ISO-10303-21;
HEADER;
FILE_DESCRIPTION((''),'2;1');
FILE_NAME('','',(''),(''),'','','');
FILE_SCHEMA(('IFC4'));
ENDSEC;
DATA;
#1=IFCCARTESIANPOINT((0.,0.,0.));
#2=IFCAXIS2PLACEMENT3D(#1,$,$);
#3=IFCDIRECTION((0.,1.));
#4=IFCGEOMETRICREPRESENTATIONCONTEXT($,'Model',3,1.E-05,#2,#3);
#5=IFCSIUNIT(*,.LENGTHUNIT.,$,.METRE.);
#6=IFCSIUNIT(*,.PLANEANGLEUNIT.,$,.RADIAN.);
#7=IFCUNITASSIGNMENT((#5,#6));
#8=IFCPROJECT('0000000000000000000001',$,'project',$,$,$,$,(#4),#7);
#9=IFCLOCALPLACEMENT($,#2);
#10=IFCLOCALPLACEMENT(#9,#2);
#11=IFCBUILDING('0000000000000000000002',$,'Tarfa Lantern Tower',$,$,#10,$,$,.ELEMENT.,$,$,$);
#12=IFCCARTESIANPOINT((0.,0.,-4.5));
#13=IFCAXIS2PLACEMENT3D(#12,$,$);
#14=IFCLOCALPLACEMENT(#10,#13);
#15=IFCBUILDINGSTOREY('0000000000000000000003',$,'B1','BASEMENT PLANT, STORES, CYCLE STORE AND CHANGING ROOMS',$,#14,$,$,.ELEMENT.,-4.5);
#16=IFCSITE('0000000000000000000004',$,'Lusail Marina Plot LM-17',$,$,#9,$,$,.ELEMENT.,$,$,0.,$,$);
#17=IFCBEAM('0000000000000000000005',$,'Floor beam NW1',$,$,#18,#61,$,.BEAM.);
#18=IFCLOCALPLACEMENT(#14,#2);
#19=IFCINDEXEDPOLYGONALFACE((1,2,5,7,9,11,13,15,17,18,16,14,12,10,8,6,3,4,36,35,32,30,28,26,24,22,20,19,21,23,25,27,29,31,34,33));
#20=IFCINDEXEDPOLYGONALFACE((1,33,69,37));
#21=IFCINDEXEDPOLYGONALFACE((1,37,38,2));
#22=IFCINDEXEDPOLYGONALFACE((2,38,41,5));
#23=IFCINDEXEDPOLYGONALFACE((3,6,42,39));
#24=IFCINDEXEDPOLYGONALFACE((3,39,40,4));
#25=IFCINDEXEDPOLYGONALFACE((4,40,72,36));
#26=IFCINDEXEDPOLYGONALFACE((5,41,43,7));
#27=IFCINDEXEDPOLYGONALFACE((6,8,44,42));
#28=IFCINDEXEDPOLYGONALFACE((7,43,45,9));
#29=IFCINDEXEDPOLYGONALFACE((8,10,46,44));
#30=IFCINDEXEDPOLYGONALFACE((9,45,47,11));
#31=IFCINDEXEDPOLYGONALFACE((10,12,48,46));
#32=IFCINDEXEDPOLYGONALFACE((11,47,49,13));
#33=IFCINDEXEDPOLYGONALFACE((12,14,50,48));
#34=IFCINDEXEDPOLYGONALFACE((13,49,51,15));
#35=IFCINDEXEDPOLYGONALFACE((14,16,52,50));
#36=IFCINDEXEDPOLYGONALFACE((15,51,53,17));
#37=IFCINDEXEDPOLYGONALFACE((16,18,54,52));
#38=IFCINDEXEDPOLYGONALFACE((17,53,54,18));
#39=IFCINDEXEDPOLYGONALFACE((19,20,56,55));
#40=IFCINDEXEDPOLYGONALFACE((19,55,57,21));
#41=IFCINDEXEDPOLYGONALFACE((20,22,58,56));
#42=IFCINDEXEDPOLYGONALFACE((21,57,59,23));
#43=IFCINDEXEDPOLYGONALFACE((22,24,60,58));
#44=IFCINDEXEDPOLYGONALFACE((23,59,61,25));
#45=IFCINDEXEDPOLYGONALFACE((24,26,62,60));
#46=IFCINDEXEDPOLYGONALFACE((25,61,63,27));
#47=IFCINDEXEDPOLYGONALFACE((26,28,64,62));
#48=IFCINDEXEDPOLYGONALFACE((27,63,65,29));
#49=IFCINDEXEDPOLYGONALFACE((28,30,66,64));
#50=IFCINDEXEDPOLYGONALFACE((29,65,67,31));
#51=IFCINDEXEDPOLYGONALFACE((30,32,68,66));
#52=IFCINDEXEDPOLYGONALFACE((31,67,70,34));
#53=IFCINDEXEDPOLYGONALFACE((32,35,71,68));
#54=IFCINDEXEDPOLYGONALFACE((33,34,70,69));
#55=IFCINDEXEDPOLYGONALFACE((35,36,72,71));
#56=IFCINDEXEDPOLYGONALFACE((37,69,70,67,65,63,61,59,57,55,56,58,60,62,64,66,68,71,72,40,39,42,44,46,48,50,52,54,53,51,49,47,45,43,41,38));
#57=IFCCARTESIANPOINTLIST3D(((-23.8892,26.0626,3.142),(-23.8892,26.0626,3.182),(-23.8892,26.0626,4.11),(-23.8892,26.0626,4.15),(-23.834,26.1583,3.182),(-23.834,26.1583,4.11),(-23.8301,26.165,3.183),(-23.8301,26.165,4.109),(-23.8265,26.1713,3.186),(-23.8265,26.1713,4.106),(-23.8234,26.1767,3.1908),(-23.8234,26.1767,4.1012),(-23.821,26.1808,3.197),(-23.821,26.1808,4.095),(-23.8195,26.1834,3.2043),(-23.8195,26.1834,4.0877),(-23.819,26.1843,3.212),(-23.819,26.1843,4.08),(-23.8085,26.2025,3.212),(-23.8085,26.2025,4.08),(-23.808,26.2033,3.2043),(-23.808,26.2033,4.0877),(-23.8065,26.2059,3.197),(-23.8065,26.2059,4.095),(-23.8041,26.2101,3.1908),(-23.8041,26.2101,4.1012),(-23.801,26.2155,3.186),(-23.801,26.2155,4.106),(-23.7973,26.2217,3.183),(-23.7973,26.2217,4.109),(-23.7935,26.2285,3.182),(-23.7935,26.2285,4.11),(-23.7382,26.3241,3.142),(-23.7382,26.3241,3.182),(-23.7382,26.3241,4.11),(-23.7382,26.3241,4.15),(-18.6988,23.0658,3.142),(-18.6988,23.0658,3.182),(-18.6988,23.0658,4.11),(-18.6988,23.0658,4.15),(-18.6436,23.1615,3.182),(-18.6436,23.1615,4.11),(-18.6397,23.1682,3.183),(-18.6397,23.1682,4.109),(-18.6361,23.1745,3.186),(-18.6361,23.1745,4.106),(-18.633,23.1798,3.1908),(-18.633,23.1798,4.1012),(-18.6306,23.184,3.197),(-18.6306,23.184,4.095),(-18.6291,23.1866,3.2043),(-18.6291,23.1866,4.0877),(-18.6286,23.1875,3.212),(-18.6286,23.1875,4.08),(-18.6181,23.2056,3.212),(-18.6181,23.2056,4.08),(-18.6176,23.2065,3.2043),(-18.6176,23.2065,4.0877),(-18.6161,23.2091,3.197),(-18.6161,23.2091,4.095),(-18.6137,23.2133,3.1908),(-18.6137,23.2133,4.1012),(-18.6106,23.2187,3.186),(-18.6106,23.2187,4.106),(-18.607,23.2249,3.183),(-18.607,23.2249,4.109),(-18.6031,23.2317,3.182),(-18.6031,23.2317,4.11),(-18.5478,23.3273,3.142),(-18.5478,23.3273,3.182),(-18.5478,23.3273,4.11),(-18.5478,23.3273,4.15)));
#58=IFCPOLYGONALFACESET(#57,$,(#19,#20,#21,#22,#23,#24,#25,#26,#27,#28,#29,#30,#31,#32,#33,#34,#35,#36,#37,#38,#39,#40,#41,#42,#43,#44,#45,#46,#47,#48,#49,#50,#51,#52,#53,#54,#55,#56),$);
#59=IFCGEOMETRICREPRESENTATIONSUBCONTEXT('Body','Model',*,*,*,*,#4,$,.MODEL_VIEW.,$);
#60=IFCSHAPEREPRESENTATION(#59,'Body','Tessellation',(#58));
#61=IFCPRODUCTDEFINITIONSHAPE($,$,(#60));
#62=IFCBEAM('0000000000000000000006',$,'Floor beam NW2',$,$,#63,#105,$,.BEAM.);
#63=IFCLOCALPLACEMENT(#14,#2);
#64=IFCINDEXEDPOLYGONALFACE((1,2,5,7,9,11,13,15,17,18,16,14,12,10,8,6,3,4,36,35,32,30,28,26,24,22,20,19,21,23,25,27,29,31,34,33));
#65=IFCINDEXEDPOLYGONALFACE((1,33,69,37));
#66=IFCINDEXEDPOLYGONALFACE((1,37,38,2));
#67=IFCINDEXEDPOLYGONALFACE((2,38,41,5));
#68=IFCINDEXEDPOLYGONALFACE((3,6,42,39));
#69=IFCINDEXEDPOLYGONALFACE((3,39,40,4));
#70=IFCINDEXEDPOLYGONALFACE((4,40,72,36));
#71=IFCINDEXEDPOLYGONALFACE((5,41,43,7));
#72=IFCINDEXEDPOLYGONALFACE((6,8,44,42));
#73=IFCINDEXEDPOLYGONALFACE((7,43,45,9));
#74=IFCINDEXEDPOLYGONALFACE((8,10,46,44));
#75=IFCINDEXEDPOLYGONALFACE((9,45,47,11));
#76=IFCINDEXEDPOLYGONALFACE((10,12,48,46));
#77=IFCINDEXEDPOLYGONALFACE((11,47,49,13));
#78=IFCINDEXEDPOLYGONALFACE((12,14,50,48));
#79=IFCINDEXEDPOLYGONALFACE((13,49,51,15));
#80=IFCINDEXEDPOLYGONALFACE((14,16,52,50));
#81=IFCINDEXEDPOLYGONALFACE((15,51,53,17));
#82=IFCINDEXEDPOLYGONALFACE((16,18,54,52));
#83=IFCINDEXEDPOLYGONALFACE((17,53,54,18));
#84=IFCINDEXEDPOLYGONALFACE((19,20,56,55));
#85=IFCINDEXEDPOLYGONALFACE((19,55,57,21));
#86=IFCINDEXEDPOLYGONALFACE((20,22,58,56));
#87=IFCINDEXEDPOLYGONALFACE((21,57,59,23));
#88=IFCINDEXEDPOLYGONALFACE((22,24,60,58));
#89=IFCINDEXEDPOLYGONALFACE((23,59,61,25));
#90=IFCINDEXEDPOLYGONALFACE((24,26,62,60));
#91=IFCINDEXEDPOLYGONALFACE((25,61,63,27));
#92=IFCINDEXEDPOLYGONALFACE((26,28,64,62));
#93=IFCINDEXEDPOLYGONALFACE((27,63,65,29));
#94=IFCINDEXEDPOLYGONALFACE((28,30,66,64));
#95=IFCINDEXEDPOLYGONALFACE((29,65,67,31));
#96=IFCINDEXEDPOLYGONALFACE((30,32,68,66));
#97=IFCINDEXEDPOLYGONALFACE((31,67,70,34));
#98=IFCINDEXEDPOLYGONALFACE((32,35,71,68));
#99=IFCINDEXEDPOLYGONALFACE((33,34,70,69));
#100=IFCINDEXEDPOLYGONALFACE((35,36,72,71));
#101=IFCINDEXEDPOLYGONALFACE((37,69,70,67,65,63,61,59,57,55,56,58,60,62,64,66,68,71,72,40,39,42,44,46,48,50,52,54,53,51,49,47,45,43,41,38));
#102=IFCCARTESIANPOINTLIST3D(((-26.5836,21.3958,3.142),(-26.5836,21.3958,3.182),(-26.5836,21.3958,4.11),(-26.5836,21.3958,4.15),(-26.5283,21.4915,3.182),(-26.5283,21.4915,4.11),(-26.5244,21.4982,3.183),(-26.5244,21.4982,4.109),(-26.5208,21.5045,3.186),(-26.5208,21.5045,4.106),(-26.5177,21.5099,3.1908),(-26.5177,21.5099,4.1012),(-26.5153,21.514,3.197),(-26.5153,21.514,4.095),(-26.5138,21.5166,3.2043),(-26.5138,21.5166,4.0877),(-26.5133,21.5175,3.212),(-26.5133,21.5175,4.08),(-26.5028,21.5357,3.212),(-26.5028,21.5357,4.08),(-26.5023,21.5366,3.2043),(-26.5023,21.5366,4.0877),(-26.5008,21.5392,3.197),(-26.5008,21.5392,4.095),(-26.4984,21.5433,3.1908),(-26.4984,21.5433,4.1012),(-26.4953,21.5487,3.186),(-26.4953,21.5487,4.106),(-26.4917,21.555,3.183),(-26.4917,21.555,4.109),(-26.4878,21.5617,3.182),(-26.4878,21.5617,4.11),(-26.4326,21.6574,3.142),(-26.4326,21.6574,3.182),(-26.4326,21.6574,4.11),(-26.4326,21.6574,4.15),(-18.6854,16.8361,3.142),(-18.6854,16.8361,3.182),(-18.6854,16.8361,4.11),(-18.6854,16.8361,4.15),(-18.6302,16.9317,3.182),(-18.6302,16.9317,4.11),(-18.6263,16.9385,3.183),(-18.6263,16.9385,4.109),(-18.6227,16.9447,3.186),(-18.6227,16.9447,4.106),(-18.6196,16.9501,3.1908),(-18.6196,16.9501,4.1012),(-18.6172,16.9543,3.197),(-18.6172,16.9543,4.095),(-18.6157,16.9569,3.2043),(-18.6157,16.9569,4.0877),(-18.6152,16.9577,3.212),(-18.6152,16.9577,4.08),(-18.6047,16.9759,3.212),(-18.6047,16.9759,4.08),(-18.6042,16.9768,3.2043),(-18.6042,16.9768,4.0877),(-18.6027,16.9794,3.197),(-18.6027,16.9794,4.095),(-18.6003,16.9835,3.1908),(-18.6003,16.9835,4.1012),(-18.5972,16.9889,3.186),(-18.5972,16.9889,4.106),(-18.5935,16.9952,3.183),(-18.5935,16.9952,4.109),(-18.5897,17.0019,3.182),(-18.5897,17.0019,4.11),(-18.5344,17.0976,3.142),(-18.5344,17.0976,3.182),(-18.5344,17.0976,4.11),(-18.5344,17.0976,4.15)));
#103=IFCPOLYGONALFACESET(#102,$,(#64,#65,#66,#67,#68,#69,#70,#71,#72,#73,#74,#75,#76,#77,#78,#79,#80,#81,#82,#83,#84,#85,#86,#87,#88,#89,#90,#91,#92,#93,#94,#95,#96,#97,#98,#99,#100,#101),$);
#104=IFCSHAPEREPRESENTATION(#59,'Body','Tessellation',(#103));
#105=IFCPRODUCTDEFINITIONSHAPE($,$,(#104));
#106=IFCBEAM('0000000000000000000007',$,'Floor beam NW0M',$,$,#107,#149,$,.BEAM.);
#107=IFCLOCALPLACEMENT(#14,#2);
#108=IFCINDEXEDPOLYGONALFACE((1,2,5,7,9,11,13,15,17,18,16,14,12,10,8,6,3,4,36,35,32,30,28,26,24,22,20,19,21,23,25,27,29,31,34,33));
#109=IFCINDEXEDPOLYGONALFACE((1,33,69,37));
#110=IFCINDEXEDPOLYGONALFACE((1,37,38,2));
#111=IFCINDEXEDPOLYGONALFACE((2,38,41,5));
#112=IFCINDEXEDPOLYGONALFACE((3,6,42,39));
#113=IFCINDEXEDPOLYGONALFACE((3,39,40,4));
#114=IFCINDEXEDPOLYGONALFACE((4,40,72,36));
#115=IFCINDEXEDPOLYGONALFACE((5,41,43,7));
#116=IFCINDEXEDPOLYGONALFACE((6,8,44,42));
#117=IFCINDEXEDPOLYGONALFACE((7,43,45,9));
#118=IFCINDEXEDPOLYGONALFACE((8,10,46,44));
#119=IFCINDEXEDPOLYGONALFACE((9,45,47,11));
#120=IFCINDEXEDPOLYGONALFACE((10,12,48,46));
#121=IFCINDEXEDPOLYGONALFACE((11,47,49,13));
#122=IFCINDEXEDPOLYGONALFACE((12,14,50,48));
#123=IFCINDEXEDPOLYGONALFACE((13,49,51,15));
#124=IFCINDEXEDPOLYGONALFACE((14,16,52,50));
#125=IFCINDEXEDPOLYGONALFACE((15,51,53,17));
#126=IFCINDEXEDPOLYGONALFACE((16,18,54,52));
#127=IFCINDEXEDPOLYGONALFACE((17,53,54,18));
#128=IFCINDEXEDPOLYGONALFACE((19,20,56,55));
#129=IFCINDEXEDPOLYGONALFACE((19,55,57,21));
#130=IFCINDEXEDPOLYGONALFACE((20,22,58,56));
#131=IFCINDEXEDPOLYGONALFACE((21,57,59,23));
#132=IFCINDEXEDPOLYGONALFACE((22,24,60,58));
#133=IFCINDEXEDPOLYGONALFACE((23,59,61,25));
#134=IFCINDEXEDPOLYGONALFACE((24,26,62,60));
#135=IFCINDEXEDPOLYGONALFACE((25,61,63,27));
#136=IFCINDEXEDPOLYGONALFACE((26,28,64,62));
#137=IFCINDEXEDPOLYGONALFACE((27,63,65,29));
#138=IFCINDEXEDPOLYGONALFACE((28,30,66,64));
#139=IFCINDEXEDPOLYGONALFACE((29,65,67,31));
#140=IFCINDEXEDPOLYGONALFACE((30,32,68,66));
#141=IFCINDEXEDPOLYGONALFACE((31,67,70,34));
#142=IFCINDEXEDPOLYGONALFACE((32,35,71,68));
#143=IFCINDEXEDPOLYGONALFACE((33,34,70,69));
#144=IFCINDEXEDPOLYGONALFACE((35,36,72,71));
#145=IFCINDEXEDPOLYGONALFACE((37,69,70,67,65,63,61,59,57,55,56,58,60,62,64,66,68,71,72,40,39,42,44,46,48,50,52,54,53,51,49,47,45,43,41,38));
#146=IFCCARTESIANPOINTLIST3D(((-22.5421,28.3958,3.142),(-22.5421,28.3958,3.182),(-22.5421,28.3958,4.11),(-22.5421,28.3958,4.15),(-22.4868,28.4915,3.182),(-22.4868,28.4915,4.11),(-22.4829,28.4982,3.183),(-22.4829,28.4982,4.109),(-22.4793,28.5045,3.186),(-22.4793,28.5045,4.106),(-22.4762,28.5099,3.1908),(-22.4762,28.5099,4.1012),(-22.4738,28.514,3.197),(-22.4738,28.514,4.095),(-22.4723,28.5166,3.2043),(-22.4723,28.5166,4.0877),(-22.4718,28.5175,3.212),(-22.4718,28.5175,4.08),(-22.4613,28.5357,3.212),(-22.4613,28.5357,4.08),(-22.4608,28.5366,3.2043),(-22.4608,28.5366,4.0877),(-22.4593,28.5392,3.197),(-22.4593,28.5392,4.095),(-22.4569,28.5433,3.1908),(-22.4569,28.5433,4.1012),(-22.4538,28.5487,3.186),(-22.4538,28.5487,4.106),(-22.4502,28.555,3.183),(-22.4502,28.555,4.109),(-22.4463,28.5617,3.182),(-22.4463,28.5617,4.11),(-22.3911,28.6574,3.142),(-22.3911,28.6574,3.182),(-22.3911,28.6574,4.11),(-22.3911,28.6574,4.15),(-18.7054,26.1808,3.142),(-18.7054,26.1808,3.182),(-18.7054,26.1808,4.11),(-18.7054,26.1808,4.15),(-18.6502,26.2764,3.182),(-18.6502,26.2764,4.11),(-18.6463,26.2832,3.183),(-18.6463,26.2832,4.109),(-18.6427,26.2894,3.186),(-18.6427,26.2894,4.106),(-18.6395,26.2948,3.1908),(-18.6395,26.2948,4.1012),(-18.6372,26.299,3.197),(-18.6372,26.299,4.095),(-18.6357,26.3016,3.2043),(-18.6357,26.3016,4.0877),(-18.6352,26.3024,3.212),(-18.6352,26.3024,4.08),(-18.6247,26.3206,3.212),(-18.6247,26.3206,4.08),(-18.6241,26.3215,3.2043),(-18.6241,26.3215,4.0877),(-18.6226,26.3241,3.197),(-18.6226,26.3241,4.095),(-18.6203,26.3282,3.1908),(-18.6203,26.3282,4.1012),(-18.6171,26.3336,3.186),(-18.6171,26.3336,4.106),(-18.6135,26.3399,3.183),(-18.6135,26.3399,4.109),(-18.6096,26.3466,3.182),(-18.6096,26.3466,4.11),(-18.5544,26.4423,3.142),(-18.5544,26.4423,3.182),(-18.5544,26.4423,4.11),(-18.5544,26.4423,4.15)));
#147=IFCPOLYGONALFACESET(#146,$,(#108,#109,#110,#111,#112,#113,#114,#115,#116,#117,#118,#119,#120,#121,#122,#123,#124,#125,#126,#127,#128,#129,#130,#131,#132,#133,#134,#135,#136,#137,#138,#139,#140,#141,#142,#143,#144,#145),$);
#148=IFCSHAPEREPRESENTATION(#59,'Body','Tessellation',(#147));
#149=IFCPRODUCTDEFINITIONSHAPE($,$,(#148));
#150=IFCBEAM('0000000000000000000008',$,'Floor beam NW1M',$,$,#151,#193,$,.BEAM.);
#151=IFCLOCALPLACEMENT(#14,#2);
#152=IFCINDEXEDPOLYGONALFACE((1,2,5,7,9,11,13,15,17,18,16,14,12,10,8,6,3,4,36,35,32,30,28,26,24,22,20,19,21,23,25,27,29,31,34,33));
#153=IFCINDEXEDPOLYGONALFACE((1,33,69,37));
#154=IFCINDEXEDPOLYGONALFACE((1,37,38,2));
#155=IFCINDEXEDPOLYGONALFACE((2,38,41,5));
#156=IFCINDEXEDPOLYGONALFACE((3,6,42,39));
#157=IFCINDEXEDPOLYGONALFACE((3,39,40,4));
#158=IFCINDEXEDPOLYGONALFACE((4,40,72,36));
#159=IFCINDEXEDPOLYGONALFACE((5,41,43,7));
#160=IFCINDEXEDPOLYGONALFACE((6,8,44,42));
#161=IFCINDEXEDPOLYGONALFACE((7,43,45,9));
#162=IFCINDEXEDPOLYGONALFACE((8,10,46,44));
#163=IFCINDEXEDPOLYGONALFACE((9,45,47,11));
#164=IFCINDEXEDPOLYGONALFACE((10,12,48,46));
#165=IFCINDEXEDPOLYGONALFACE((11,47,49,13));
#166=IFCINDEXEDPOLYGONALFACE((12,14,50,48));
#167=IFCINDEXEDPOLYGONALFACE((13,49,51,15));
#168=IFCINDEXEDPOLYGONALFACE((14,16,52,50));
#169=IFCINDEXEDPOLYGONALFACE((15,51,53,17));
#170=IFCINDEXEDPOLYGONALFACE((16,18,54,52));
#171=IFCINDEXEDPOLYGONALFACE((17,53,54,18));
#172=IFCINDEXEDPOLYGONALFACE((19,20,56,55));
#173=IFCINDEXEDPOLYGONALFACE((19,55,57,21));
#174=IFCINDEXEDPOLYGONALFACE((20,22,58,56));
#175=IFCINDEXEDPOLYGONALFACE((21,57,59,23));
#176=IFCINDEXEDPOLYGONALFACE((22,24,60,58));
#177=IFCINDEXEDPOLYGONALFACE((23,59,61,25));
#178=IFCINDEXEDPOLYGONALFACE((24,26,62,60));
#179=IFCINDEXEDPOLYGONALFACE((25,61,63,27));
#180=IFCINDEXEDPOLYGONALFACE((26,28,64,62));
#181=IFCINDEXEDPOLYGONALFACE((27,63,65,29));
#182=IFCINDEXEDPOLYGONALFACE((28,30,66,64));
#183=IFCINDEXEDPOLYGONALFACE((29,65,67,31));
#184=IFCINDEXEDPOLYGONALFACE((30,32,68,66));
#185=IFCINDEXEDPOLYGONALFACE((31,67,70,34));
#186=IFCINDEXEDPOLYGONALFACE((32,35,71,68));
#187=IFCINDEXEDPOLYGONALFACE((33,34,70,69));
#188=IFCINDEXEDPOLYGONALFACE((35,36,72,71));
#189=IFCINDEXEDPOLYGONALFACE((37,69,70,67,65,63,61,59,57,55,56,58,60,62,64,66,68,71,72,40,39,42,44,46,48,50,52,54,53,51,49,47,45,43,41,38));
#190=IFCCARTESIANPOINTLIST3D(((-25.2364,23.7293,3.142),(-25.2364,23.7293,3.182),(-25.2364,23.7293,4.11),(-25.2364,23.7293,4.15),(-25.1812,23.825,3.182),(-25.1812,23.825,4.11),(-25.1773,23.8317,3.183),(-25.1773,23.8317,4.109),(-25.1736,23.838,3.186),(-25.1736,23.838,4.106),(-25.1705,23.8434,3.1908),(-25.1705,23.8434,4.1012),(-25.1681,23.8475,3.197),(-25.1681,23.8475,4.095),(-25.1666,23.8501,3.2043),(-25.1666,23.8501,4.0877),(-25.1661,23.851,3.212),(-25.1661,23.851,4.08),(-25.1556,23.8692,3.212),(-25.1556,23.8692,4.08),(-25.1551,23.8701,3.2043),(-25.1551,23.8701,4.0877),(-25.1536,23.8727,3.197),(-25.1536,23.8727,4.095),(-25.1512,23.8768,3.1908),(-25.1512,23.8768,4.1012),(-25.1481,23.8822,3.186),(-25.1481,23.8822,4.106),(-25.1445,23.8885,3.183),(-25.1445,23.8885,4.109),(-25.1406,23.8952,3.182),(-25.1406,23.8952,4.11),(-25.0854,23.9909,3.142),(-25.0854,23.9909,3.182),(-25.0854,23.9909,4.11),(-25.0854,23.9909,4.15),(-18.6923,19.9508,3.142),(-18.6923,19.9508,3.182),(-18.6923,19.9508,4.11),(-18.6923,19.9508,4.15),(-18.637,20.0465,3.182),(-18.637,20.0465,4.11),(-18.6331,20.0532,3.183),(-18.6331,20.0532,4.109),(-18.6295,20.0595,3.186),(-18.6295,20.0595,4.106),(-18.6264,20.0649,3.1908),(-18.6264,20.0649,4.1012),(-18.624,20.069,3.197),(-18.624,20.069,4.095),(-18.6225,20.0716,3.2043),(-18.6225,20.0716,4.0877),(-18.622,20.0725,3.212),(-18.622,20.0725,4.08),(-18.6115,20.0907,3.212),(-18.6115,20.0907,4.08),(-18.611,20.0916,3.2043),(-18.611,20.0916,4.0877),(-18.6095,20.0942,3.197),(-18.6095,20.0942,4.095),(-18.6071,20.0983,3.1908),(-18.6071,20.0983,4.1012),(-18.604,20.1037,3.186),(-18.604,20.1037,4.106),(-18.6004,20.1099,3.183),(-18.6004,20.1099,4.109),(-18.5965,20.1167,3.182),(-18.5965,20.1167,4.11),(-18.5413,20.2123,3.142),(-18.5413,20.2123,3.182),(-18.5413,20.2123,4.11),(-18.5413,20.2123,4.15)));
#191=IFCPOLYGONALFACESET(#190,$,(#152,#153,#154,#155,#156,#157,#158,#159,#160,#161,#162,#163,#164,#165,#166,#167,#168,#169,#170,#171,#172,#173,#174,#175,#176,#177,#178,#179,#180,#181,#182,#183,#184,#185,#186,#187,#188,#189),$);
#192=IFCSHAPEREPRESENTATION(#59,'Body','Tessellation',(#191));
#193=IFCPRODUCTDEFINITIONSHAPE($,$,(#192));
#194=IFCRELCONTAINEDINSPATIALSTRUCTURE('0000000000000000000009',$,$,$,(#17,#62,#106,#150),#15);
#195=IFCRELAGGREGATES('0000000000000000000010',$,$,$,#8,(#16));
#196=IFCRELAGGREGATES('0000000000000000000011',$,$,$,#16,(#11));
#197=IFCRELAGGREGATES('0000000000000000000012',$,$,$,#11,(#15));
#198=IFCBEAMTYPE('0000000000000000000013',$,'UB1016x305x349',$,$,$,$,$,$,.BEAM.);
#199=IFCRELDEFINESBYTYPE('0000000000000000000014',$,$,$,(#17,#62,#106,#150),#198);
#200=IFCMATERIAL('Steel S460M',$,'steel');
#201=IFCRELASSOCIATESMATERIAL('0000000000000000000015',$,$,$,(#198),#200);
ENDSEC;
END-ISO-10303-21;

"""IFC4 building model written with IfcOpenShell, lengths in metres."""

from ifc_helpers import new_model, si_unit, direction, frame, origin, origin_2d, place, context, subcontext, project, spatial, i_section, extrude, material, material_profile, profile_set, type_object, element, save


model = new_model("IFC4")

# Units and contexts
model_context = context("Model", 3, precision=1e-05, world=origin(), true_north=direction((0.0, 1.0)))
body_context = subcontext(model_context, "Body", "Model", "MODEL_VIEW")
ifc_project = project(units=[si_unit("LENGTHUNIT", "METRE"), si_unit("PLANEANGLEUNIT", "RADIAN")], contexts=[model_context])

# Site, building, storey
site_placement = place(None, origin())
site = spatial("IfcSite", under=ifc_project, at=site_placement, Name="Lusail Marina Plot LM-17", CompositionType="ELEMENT", RefElevation=0.0)
building_placement = place(site_placement, origin())
building = spatial("IfcBuilding", under=site, at=building_placement, Name="Tarfa Lantern Tower", CompositionType="ELEMENT")
storey_placement = place(building_placement, frame((0.0, 0.0, -4.5)))
storey = spatial("IfcBuildingStorey", under=building, at=storey_placement, Name="B1", Description="BASEMENT PLANT, STORES, CYCLE STORE AND CHANGING ROOMS", CompositionType="ELEMENT", Elevation=-4.5)

# Beams
ifc_material_1 = material(Name="Steel S460M", Category="steel")
ifc_material_profile_1 = material_profile(ifc_material_1, i_section(OverallWidth=0.302, OverallDepth=1.0081, WebThickness=0.021, FlangeThickness=0.04, FilletRadius=0.03, at=origin_2d()), Name="UB1016x305x349")
ifc_profile_set_1 = profile_set([ifc_material_profile_1], Name="Steel S460M")
beam_type_1 = type_object("IfcBeamType", Name="UB1016x305x349", PredefinedType="BEAM", material=ifc_profile_set_1)
beam_1_placement = place(storey_placement, frame((-23.8137, 26.1934, 3.646), z_axis=(0.866016, -0.500016, 0.0), x_axis=(0.500016, 0.866016, 0.0)))
element("IfcBeam", 1, at=beam_1_placement, inside=storey, type_object=beam_type_1, Name="Floor beam NW1", PredefinedType="BEAM", context=body_context, shape_type="SweptSolid", body=[
    extrude(i_section(OverallWidth=0.302, OverallDepth=1.0081, WebThickness=0.021, FlangeThickness=0.04, FilletRadius=0.03, at=origin_2d()), origin(), (0.0, 0.0, 1.0), 5.9934),
])
beam_2_placement = place(storey_placement, frame((-26.5081, 21.5266, 3.646), z_axis=(0.866035, -0.499983, 0.0), x_axis=(0.499983, 0.866035, 0.0)))
element("IfcBeam", 2, at=beam_2_placement, inside=storey, type_object=beam_type_1, Name="Floor beam NW2", PredefinedType="BEAM", context=body_context, shape_type="SweptSolid", body=[
    extrude(i_section(OverallWidth=0.302, OverallDepth=1.0081, WebThickness=0.021, FlangeThickness=0.04, FilletRadius=0.03, at=origin_2d()), origin(), (0.0, 0.0, 1.0), 9.1199),
])
beam_3_placement = place(storey_placement, frame((-22.4666, 28.5266, 3.646), z_axis=(0.866027, -0.499998, 0.0), x_axis=(0.499998, 0.866027, 0.0)))
element("IfcBeam", 3, at=beam_3_placement, inside=storey, type_object=beam_type_1, Name="Floor beam NW0M", PredefinedType="BEAM", context=body_context, shape_type="SweptSolid", body=[
    extrude(i_section(OverallWidth=0.302, OverallDepth=1.0081, WebThickness=0.021, FlangeThickness=0.04, FilletRadius=0.03, at=origin_2d()), origin(), (0.0, 0.0, 1.0), 4.4302),
])
beam_4_placement = place(storey_placement, frame((-25.1609, 23.8601, 3.646), z_axis=(0.86601, -0.500027, 0.0), x_axis=(0.500027, 0.86601, 0.0)))
element("IfcBeam", 4, at=beam_4_placement, inside=storey, type_object=beam_type_1, Name="Floor beam NW1M", PredefinedType="BEAM", context=body_context, shape_type="SweptSolid", body=[
    extrude(i_section(OverallWidth=0.302, OverallDepth=1.0081, WebThickness=0.021, FlangeThickness=0.04, FilletRadius=0.03, at=origin_2d()), origin(), (0.0, 0.0, 1.0), 7.5566),
])

save(model, "model.ifc")
